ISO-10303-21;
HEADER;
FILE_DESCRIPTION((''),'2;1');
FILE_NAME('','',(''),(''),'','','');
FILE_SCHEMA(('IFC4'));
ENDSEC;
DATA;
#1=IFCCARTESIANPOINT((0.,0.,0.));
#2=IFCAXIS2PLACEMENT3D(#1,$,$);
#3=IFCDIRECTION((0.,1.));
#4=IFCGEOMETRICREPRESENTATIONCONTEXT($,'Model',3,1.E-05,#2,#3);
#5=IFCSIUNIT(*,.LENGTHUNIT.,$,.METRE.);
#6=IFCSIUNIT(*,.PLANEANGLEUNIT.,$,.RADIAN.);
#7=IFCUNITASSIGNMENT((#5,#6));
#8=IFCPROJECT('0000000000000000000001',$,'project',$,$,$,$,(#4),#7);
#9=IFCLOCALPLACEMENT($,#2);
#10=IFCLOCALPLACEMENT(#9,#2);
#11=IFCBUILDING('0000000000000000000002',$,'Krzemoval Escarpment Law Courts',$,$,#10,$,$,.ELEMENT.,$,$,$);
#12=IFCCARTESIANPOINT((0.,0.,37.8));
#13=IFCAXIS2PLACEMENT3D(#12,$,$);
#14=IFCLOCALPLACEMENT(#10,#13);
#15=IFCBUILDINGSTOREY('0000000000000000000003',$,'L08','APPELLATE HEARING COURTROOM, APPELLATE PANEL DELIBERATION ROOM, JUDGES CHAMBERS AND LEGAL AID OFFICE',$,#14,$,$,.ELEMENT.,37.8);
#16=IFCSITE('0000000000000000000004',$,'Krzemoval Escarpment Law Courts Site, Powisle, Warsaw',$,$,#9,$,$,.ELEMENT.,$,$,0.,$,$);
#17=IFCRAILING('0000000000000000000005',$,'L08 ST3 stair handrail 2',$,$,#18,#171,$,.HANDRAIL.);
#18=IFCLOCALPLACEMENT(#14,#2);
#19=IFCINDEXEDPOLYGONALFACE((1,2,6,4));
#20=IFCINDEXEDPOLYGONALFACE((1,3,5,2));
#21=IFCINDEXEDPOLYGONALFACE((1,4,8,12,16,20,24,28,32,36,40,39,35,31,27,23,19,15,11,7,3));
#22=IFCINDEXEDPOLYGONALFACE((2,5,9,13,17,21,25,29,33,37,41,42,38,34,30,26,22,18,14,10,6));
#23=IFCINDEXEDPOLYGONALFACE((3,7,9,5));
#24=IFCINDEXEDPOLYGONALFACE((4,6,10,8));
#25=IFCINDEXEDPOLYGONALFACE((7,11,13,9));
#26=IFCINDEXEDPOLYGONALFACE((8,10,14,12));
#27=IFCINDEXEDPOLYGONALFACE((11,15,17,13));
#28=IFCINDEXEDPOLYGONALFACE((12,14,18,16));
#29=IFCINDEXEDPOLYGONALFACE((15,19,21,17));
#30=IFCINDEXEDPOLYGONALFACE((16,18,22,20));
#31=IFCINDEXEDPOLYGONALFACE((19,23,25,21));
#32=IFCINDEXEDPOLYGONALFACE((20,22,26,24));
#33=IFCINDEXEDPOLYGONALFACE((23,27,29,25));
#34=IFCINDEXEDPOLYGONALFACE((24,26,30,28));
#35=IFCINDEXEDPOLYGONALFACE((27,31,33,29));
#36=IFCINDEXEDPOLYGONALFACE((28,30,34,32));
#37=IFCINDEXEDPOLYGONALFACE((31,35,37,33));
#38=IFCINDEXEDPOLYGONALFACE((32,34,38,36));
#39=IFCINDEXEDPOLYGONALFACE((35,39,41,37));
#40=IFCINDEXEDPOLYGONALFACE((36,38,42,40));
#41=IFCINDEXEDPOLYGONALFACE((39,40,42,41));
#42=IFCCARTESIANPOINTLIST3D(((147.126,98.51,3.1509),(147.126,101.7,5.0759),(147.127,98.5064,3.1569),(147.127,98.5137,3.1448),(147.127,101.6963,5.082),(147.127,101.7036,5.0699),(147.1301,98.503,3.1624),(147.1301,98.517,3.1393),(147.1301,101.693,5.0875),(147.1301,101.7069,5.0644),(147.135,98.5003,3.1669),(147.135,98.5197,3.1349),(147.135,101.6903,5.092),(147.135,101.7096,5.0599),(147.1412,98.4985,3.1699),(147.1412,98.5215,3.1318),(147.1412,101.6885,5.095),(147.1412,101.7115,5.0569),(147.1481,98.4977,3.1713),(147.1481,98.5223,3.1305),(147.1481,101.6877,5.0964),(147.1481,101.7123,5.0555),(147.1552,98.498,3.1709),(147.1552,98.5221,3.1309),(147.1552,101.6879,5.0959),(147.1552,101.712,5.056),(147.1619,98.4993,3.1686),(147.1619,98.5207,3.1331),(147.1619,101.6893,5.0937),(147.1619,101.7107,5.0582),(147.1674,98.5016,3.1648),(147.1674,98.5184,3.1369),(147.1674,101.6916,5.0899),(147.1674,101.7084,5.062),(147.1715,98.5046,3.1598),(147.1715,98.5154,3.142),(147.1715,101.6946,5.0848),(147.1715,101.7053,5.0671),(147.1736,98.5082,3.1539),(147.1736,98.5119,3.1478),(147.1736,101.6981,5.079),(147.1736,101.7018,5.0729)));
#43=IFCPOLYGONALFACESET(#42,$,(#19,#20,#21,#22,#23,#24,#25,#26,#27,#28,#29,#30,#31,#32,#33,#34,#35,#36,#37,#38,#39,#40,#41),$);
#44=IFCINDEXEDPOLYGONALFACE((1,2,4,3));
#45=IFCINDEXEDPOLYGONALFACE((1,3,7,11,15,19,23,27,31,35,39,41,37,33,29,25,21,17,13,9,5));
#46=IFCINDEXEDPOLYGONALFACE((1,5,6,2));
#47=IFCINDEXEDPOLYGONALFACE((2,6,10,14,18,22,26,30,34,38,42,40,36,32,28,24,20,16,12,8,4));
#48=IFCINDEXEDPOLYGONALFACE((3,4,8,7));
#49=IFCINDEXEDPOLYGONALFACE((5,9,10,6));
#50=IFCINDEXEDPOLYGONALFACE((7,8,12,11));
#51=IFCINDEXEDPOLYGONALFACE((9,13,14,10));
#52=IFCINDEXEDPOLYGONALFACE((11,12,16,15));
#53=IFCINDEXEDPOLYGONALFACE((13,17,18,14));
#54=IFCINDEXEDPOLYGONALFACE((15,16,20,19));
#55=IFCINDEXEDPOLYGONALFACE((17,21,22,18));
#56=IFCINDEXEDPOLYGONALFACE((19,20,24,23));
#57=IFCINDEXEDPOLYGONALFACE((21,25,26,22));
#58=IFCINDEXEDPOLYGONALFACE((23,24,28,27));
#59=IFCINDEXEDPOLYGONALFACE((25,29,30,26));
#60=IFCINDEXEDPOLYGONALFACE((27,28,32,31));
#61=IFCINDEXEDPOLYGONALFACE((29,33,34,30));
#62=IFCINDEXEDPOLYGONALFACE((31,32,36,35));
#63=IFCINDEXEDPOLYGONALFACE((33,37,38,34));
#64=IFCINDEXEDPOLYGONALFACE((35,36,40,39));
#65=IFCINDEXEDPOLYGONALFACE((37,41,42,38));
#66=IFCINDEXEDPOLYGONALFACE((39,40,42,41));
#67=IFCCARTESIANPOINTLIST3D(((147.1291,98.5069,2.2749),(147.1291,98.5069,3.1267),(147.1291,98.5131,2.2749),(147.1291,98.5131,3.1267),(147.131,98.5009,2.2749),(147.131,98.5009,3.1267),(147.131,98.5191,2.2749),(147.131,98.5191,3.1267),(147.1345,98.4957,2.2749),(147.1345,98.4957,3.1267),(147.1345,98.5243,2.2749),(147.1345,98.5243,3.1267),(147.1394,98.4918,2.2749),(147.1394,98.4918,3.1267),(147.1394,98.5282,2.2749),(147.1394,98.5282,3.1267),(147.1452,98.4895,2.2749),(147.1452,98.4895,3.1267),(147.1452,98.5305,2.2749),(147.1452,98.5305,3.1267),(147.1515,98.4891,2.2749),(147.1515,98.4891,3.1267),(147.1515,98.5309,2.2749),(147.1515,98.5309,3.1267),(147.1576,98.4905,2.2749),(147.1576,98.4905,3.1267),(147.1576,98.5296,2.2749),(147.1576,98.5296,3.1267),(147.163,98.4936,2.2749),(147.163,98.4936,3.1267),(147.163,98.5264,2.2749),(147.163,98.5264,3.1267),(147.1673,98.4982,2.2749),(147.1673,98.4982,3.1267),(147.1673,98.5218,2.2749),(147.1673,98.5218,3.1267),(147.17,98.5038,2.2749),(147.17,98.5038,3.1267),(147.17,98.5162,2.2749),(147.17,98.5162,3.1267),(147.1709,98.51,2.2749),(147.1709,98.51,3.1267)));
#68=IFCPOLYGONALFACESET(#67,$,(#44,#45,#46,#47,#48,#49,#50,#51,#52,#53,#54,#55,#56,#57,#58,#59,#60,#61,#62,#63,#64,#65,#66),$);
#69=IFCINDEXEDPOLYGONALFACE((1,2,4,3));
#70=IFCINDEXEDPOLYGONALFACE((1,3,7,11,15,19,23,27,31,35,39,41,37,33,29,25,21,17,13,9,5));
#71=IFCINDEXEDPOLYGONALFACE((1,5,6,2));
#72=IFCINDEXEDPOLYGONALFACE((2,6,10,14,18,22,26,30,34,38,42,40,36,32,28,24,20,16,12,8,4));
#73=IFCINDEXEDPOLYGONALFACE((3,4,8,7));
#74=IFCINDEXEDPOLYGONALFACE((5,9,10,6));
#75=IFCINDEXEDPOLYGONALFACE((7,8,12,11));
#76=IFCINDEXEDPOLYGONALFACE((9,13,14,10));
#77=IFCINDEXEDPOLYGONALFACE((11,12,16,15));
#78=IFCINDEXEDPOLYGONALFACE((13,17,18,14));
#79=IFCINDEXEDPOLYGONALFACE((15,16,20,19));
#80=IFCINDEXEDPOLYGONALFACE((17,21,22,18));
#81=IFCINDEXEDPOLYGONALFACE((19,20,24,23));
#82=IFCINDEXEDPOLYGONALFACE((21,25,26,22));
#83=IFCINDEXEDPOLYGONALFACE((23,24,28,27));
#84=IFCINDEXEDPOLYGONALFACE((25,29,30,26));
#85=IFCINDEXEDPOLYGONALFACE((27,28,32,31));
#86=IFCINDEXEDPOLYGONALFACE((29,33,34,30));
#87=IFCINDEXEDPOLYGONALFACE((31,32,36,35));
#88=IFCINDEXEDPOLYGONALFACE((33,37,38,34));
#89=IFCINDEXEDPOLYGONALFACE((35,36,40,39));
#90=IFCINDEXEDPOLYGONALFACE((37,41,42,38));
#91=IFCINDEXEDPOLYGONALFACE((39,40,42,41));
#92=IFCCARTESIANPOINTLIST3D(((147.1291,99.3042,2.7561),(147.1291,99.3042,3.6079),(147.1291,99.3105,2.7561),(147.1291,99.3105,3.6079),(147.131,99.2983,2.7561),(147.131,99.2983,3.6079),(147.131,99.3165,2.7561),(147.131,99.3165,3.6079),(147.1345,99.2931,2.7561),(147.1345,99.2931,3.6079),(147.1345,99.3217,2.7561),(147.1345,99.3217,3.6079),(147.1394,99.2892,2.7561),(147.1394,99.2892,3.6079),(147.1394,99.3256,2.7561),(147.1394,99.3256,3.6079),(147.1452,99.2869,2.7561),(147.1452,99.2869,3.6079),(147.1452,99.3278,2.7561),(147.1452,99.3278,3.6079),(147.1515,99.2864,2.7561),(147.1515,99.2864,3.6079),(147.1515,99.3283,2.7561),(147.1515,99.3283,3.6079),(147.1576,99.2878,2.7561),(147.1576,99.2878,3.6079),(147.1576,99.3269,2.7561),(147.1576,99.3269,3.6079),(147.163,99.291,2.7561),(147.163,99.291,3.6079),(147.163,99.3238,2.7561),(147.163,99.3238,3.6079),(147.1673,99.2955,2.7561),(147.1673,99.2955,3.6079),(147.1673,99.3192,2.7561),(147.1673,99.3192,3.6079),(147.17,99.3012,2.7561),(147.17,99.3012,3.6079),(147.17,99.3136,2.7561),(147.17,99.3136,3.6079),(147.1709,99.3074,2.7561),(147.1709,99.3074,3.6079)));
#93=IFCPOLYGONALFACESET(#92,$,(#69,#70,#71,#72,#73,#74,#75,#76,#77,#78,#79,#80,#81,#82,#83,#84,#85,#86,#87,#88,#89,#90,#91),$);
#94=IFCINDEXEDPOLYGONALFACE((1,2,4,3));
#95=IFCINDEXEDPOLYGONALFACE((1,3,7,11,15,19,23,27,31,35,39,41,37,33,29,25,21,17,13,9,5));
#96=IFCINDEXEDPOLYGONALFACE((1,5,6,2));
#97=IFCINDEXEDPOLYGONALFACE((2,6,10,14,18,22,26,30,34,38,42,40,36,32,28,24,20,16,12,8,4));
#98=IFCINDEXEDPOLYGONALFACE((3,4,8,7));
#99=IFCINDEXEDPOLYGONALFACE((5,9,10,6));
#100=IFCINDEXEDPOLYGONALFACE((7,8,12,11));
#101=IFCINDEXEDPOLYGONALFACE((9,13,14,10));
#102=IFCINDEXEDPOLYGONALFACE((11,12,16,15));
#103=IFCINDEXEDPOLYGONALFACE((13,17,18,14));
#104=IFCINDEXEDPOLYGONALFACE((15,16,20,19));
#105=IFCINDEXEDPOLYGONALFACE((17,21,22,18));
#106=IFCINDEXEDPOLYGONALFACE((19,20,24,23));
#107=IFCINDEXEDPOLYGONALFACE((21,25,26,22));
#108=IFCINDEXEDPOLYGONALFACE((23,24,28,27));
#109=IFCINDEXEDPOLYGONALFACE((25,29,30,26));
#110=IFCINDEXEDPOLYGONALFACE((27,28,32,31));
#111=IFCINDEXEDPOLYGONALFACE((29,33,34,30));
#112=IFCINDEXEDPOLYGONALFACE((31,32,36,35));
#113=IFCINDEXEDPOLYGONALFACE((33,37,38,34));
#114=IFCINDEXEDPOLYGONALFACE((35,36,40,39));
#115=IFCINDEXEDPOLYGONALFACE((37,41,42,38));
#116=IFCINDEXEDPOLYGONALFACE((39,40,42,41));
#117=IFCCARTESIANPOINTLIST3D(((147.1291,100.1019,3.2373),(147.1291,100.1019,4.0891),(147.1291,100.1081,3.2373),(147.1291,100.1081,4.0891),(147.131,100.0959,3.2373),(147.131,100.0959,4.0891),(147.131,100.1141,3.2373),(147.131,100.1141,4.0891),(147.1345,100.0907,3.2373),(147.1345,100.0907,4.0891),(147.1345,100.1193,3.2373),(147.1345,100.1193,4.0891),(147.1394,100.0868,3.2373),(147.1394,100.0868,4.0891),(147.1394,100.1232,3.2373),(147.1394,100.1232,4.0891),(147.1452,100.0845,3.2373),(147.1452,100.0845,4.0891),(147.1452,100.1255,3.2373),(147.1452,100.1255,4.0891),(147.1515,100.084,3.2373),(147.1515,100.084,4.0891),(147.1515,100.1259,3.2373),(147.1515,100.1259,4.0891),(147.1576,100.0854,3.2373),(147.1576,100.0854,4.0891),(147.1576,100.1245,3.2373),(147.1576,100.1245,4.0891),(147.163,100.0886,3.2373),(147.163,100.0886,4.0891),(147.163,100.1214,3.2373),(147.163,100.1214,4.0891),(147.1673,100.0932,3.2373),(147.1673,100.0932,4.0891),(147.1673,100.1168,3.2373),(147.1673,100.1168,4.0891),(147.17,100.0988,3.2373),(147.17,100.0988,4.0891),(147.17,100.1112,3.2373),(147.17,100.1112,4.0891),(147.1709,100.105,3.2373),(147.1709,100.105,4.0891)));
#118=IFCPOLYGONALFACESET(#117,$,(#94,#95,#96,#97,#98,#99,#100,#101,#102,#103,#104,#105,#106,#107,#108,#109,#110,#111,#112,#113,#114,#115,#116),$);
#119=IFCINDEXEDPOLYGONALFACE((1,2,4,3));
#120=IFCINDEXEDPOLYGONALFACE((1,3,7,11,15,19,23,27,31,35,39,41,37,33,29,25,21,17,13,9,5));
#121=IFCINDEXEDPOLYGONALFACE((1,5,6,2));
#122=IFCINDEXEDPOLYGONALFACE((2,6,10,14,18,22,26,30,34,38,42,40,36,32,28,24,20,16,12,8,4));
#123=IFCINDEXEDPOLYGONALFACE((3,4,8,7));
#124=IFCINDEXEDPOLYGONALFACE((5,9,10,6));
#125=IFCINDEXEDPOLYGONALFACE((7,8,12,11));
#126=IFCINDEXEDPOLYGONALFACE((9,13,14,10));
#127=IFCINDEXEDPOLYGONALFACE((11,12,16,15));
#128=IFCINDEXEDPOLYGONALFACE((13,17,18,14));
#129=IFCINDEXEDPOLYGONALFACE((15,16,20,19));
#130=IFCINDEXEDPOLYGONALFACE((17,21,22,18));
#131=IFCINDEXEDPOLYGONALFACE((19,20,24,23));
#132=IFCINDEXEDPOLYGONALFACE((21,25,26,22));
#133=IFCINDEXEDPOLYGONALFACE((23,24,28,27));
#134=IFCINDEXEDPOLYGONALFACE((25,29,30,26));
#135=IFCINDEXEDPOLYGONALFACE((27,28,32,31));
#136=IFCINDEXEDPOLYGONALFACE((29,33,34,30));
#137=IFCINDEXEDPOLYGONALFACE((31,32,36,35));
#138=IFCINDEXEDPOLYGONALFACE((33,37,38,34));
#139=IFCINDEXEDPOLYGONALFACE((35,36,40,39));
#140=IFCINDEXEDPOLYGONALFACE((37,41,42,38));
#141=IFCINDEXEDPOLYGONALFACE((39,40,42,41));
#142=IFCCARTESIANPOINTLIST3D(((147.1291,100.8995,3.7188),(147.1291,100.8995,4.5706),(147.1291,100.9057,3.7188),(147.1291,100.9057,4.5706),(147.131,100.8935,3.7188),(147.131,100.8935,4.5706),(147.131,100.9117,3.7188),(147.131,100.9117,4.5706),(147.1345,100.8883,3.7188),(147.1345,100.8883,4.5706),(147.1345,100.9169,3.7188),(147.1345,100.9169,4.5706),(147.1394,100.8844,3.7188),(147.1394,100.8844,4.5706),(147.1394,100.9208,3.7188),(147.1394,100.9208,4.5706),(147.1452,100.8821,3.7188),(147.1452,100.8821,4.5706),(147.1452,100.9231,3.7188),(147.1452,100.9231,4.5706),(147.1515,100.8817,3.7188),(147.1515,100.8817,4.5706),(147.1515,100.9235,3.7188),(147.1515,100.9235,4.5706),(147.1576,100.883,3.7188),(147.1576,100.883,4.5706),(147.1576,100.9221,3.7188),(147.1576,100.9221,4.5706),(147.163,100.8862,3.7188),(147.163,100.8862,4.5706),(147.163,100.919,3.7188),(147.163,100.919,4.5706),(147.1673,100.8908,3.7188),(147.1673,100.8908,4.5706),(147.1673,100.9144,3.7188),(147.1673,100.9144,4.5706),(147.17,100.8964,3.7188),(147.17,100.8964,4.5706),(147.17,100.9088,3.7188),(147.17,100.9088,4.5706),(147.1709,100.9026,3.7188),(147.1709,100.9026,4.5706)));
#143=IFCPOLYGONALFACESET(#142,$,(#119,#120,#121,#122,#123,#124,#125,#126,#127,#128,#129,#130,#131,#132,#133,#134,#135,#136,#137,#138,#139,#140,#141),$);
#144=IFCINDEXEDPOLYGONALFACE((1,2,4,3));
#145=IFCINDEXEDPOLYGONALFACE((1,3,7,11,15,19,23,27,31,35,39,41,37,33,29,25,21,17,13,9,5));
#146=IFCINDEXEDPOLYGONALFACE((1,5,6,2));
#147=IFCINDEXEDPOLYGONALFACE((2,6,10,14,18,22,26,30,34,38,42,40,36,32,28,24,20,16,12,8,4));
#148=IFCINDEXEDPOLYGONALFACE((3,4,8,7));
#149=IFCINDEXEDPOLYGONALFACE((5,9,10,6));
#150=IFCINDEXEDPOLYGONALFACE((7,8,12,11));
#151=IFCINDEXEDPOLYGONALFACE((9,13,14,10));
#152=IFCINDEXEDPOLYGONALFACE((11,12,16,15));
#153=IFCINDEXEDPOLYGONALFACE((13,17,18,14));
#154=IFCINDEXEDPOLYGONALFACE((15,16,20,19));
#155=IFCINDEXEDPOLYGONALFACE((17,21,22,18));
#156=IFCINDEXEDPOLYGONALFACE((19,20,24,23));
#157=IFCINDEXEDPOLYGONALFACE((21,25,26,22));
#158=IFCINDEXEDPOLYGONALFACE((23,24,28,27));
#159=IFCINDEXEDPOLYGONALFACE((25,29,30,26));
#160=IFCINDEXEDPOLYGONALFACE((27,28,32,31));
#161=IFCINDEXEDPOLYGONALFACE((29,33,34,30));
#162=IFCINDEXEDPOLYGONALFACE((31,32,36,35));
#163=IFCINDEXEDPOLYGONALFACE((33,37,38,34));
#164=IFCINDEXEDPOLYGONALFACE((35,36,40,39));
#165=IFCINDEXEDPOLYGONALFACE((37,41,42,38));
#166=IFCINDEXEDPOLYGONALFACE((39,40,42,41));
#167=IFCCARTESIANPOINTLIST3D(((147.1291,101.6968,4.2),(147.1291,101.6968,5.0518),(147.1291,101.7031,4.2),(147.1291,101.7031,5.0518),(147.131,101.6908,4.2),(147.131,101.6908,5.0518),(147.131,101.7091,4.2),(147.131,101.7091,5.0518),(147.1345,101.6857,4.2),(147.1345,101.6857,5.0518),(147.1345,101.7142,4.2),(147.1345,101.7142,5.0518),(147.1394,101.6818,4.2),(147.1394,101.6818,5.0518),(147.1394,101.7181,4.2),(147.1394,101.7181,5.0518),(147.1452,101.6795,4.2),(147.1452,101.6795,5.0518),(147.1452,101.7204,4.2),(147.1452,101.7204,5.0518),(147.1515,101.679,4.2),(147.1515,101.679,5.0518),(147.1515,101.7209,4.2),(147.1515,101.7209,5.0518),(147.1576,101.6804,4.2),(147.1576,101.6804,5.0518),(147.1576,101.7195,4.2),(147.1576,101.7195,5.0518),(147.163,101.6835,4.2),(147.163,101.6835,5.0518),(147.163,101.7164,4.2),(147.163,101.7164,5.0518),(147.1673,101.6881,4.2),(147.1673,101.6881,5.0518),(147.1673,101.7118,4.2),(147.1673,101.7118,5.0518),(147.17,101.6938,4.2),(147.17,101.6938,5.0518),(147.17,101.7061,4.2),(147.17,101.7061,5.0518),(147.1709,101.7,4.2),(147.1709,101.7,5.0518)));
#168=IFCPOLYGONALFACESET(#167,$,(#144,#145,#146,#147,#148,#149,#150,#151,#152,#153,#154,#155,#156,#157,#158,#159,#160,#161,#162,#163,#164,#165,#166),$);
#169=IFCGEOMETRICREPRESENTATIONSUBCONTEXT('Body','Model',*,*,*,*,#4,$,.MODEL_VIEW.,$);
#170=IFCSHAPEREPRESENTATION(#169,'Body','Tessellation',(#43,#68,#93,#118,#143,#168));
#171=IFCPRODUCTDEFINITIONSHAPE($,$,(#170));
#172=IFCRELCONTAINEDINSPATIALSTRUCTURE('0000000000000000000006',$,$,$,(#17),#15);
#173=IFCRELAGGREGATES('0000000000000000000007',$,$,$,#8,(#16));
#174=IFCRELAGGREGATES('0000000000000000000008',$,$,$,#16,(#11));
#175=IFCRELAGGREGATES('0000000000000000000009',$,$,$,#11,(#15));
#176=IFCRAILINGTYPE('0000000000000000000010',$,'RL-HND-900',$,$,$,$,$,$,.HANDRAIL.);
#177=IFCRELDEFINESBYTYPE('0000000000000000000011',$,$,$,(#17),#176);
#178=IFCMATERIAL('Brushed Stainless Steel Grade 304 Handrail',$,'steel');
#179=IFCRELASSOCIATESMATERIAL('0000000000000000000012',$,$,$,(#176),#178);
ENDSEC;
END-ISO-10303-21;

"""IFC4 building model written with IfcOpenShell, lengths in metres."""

from ifc_helpers import new_model, si_unit, direction, frame, origin, origin_2d, place, context, subcontext, project, spatial, circle, extrude, material, type_object, element, save


model = new_model("IFC4")

# Units and contexts
model_context = context("Model", 3, precision=1e-05, world=origin(), true_north=direction((0.0, 1.0)))
body_context = subcontext(model_context, "Body", "Model", "MODEL_VIEW")
ifc_project = project(units=[si_unit("LENGTHUNIT", "METRE"), si_unit("PLANEANGLEUNIT", "RADIAN")], contexts=[model_context])

# Site, building, storey
site_placement = place(None, origin())
site = spatial("IfcSite", under=ifc_project, at=site_placement, Name="Krzemoval Escarpment Law Courts Site, Powisle, Warsaw", CompositionType="ELEMENT", RefElevation=0.0)
building_placement = place(site_placement, origin())
building = spatial("IfcBuilding", under=site, at=building_placement, Name="Krzemoval Escarpment Law Courts", CompositionType="ELEMENT")
storey_placement = place(building_placement, frame((0.0, 0.0, 37.8)))
storey = spatial("IfcBuildingStorey", under=building, at=storey_placement, Name="L08", Description="APPELLATE HEARING COURTROOM, APPELLATE PANEL DELIBERATION ROOM, JUDGES CHAMBERS AND LEGAL AID OFFICE", CompositionType="ELEMENT", Elevation=37.8)

# Railing
ifc_material_1 = material(Name="Brushed Stainless Steel Grade 304 Handrail", Category="steel")
railing_type_1 = type_object("IfcRailingType", Name="RL-HND-900", PredefinedType="HANDRAIL", material=ifc_material_1)
railing_1_placement = place(storey_placement, frame((147.1499, 98.51, 2.2749)))
element("IfcRailing", 1, at=railing_1_placement, inside=storey, type_object=railing_type_1, Name="L08 ST3 stair handrail 2", PredefinedType="HANDRAIL", context=body_context, shape_type="SweptSolid", body=[
    extrude(circle(Radius=0.0239, at=origin_2d()), frame((0.0, 0.0, 0.876), z_axis=(0.0, 0.856178, 0.516682), x_axis=(-1.0, 0.0, 0.0)), (0.0, 0.0, 1.0), 3.7258),
    extrude(circle(Radius=0.021, at=origin_2d()), origin(), (0.0, 0.0, 1.0), 0.8518),
    extrude(circle(Radius=0.021, at=origin_2d()), frame((0.0, 0.7974, 0.4812)), (0.0, 0.0, 1.0), 0.8518),
    extrude(circle(Radius=0.021, at=origin_2d()), frame((0.0, 1.595, 0.9624)), (0.0, 0.0, 1.0), 0.8518),
    extrude(circle(Radius=0.021, at=origin_2d()), frame((0.0, 2.3926, 1.4438)), (0.0, 0.0, 1.0), 0.8518),
    extrude(circle(Radius=0.021, at=origin_2d()), frame((0.0, 3.1899, 1.925)), (0.0, 0.0, 1.0), 0.8518),
])

save(model, "model.ifc")
